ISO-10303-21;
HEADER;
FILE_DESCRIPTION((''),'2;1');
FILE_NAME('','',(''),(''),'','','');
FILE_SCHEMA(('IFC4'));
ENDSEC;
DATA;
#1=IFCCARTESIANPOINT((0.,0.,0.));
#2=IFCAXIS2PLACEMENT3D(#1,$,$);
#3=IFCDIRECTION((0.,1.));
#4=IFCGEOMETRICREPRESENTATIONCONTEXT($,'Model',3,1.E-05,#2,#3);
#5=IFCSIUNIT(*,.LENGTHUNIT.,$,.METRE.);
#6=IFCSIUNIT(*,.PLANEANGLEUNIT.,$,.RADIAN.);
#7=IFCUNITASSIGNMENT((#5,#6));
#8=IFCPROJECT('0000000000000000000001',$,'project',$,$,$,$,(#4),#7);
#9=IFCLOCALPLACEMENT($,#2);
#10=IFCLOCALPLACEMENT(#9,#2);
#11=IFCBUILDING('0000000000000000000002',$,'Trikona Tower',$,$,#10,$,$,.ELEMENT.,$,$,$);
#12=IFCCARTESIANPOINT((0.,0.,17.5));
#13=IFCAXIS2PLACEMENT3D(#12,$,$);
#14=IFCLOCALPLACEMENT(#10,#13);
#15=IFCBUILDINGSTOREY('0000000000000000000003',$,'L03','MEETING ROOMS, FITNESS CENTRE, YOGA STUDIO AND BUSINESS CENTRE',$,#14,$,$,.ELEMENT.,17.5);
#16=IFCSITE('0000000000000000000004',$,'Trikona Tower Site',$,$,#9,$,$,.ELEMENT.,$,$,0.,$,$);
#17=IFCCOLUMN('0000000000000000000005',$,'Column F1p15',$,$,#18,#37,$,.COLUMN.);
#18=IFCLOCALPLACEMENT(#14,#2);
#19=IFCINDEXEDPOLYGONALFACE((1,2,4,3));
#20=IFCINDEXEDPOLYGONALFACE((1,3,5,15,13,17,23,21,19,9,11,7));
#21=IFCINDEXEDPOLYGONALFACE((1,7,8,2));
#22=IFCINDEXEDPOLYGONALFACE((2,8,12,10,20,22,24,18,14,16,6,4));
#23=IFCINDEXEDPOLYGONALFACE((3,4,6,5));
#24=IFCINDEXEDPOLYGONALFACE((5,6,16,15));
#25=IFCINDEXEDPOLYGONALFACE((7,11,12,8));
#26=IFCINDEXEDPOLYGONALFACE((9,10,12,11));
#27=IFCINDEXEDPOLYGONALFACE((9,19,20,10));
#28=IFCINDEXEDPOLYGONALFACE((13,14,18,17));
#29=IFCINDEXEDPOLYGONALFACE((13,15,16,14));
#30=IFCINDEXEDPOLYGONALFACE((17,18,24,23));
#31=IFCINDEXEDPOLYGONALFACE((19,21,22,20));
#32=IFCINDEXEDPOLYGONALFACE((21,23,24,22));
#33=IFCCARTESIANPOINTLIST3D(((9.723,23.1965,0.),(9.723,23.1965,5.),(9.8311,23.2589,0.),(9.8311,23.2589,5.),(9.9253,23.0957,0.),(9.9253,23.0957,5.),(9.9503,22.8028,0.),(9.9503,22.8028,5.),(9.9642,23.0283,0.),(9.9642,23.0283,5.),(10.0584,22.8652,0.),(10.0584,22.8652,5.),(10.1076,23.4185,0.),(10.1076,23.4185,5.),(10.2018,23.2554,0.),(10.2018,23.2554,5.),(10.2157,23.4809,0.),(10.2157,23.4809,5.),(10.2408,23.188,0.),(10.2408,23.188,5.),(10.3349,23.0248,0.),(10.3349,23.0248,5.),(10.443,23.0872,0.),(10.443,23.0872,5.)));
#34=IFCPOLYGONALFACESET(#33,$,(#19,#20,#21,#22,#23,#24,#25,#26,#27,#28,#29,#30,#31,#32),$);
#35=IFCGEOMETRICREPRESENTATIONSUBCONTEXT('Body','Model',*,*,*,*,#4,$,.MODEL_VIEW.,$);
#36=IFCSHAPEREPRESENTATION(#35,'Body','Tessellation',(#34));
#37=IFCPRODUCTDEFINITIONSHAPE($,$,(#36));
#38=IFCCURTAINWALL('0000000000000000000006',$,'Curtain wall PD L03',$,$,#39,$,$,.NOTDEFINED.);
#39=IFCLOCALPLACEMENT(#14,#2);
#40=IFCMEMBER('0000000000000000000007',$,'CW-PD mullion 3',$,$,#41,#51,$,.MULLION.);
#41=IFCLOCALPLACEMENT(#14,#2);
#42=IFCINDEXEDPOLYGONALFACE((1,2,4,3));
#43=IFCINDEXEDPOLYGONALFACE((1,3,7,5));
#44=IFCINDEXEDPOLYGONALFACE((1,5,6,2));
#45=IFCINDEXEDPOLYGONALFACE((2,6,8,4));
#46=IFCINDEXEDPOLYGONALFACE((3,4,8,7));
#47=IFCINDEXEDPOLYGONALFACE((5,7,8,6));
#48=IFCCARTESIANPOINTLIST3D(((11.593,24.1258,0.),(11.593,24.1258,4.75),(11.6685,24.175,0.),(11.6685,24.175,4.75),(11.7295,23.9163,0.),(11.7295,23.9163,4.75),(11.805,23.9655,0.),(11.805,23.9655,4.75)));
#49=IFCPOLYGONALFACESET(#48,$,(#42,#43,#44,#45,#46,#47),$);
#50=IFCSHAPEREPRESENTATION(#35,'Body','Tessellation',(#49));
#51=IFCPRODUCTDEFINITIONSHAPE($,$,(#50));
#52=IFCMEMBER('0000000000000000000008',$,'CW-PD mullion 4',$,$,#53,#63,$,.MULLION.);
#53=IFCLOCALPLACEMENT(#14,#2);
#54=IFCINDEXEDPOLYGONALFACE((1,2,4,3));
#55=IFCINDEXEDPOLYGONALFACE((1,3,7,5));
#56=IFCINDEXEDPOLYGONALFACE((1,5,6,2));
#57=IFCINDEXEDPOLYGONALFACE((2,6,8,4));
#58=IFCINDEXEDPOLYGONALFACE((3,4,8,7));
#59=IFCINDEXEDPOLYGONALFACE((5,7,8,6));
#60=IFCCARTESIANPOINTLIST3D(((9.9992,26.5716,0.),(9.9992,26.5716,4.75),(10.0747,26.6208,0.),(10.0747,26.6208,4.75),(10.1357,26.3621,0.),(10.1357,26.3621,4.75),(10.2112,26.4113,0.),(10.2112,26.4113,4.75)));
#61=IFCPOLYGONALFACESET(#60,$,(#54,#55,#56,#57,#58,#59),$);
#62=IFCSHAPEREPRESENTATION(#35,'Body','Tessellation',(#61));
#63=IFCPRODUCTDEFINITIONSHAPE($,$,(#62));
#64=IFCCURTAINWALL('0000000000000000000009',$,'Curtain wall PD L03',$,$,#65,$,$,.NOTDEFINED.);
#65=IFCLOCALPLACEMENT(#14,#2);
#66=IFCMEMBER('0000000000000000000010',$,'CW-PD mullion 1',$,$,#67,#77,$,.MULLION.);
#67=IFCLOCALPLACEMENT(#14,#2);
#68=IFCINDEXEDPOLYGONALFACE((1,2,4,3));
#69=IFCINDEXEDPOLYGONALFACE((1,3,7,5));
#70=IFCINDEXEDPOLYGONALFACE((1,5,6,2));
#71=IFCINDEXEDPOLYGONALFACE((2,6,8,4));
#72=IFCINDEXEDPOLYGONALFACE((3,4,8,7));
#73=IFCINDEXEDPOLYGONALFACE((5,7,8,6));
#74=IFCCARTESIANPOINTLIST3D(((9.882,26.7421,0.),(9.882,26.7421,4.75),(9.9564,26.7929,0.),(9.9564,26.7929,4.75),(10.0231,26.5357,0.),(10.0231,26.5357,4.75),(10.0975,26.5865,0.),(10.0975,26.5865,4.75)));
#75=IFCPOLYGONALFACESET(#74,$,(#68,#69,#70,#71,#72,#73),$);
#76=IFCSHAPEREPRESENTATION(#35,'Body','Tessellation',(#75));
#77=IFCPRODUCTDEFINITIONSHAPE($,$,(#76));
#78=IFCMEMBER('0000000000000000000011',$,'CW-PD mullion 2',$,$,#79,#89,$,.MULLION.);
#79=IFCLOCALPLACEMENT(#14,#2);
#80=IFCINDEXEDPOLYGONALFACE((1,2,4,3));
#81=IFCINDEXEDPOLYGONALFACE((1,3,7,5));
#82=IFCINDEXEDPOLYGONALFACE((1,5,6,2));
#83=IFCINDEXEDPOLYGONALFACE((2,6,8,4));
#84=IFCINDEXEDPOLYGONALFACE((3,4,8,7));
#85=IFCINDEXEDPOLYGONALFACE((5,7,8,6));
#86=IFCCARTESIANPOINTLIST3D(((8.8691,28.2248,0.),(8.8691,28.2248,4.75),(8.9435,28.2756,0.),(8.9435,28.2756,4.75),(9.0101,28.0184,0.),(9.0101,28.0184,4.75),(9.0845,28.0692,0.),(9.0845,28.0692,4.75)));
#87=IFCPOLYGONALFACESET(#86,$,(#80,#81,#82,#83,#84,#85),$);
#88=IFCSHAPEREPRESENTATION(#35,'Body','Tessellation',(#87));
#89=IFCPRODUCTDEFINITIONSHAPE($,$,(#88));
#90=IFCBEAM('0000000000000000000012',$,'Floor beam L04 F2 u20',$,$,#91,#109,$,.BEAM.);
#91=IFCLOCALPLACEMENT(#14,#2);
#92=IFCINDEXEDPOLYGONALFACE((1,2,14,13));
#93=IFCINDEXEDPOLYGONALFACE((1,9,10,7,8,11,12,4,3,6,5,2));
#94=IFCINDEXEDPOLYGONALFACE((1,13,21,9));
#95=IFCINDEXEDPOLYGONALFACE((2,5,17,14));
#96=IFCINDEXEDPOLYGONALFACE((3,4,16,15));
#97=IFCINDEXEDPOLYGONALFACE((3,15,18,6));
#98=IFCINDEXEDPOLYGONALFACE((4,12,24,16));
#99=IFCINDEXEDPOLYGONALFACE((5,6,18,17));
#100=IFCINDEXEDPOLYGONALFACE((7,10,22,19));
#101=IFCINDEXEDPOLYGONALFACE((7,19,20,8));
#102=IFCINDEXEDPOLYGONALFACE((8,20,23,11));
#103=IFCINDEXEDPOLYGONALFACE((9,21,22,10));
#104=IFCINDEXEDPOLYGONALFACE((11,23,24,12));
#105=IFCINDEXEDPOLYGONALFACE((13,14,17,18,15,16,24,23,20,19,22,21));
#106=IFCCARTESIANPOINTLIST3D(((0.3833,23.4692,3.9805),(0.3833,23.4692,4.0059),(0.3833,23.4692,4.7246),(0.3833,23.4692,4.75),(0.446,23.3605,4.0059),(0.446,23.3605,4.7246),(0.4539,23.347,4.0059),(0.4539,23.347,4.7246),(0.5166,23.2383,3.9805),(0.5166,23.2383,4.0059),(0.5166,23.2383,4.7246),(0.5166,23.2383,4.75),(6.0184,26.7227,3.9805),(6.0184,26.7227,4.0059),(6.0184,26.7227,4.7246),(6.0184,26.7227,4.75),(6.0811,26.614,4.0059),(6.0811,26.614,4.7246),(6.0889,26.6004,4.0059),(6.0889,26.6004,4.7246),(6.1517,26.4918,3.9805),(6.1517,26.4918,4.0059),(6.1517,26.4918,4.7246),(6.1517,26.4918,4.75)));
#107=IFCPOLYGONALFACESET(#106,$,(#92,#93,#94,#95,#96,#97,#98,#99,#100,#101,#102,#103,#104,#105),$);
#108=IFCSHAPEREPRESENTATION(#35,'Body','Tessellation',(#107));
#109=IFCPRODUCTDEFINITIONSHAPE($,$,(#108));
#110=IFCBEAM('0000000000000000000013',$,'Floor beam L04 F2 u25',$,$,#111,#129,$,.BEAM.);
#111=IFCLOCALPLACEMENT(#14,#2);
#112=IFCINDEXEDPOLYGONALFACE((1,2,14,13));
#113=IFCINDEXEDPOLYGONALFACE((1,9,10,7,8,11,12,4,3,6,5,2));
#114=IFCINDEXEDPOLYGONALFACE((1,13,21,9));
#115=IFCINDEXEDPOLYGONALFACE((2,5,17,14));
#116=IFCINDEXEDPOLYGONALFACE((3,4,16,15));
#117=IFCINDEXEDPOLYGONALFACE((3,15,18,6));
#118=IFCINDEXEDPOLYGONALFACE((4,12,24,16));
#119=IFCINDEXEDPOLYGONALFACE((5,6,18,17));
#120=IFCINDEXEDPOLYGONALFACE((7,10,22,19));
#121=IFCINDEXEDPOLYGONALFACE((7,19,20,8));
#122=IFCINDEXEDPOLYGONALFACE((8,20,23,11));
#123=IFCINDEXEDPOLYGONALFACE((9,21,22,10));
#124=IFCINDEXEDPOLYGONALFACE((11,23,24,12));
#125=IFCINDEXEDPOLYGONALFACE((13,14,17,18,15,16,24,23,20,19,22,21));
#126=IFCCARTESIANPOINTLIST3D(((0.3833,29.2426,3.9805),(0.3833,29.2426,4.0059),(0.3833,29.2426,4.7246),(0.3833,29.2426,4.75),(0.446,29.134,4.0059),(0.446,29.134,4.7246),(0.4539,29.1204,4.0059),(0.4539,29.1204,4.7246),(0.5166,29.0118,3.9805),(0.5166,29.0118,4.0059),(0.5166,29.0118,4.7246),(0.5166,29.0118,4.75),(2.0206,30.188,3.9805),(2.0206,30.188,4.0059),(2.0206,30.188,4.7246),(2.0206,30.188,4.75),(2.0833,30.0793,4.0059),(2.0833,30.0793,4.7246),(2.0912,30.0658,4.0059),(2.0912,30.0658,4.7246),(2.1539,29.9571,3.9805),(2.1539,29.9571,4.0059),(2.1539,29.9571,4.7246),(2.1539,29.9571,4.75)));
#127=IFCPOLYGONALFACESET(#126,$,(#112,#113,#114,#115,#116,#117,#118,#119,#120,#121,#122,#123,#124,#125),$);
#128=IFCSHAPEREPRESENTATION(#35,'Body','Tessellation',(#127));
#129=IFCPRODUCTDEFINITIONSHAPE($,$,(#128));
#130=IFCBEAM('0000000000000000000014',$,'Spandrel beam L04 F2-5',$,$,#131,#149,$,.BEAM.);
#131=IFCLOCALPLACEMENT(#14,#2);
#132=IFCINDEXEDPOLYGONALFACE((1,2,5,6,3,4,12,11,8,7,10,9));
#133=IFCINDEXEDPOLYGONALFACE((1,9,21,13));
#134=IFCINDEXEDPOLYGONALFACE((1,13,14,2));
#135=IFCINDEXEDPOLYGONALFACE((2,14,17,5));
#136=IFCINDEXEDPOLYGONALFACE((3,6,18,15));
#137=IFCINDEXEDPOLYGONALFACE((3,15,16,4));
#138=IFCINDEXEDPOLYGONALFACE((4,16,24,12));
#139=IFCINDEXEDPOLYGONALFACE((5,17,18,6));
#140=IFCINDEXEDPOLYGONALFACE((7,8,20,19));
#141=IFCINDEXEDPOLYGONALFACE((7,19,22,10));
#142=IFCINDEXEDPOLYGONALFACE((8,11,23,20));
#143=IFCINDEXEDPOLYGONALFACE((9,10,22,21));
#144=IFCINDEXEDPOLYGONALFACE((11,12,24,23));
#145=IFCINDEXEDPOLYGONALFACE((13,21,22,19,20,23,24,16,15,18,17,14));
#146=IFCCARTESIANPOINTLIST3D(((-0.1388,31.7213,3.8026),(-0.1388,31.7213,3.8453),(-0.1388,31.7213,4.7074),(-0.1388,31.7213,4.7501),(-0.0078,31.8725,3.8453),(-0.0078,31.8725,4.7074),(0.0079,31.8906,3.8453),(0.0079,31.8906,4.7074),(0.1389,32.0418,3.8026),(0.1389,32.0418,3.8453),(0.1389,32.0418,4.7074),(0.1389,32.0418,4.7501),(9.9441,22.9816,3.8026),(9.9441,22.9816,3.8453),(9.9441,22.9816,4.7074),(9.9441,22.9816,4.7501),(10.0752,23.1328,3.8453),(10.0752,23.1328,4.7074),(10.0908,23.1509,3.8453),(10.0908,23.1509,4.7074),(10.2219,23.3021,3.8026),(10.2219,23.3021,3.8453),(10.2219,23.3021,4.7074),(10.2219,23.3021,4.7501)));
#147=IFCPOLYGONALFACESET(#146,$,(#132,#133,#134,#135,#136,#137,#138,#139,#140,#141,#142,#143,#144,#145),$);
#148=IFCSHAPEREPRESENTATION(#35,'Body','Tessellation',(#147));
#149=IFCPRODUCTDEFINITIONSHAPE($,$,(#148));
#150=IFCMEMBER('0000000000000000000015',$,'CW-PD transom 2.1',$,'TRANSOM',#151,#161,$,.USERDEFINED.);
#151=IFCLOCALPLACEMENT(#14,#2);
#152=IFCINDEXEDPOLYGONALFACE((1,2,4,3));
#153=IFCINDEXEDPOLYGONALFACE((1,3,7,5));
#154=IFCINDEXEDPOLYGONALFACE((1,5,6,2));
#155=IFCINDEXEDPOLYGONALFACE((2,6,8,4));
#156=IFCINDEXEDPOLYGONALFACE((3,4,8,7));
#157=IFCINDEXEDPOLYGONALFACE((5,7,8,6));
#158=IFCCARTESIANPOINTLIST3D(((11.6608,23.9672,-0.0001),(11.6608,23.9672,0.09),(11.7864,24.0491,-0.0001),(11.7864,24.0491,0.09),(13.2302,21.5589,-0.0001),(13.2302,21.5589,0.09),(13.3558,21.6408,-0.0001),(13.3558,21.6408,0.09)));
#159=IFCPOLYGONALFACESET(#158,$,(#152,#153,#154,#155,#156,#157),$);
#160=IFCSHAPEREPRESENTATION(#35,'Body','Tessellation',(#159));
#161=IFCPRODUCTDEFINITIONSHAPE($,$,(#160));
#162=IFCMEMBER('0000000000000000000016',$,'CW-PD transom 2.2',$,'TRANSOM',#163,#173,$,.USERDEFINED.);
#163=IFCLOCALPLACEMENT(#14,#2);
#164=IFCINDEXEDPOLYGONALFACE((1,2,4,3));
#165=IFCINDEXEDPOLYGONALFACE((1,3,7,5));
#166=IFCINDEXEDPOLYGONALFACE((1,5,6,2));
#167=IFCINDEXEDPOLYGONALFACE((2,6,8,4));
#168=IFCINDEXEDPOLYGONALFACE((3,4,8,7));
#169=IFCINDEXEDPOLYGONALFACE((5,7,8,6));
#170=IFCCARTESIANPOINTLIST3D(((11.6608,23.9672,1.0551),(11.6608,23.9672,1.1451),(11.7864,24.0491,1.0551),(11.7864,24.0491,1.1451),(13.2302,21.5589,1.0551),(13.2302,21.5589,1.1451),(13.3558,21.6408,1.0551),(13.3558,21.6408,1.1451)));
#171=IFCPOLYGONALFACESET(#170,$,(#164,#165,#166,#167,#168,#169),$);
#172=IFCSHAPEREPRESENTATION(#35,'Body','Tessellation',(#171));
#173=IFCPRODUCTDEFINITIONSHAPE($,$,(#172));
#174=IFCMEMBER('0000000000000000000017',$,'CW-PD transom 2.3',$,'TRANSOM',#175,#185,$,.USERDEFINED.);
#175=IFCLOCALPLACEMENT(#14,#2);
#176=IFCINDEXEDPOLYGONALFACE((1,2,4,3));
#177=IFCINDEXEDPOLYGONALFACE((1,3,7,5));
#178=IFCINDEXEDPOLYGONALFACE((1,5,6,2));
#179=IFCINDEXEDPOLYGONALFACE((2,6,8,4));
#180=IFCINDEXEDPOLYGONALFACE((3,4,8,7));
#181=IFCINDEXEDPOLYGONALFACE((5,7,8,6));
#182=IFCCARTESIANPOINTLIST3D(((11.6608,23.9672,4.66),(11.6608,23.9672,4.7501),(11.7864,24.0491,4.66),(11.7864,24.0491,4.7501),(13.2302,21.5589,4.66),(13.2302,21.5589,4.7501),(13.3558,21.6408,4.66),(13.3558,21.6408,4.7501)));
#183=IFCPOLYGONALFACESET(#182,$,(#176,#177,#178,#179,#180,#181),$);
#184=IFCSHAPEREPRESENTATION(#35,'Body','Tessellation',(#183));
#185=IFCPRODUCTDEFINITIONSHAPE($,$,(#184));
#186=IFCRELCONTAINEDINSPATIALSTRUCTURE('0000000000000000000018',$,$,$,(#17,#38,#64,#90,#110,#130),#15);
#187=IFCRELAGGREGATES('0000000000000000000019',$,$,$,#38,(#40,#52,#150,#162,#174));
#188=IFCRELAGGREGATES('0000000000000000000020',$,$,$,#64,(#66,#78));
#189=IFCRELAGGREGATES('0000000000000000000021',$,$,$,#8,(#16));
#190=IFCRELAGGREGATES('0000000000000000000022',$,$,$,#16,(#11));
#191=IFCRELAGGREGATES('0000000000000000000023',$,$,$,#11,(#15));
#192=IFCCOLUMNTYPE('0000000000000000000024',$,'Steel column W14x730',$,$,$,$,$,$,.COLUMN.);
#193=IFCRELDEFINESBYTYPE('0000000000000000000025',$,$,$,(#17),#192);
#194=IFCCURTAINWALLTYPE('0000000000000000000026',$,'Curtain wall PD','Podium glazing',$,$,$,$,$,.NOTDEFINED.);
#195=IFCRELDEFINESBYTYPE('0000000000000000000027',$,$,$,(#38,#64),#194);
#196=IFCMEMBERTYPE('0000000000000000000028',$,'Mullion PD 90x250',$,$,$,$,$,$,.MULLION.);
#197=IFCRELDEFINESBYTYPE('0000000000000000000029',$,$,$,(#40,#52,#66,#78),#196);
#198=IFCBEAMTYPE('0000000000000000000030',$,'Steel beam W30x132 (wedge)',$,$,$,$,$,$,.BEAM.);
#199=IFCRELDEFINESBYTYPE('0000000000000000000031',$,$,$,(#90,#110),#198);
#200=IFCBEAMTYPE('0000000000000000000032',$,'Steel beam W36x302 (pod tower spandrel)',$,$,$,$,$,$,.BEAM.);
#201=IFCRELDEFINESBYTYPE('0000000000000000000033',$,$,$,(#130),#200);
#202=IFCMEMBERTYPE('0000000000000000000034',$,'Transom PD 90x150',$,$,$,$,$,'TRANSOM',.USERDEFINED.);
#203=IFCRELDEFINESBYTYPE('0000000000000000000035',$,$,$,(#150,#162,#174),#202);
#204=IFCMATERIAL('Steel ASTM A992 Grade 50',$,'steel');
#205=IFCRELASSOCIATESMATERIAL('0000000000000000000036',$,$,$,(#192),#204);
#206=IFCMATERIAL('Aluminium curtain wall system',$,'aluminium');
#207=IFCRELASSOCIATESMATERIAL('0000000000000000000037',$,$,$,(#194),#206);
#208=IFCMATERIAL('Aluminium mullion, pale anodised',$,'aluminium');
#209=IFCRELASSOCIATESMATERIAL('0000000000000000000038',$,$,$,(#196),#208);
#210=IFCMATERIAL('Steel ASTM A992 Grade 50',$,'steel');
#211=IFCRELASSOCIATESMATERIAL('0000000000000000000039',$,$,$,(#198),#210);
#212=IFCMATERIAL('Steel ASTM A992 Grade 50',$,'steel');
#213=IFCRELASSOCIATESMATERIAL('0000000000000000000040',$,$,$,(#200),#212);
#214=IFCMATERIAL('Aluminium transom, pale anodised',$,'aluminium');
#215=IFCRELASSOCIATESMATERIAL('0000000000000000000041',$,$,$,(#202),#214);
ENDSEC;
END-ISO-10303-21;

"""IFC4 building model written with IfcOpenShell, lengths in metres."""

from ifc_helpers import new_model, si_unit, direction, frame, origin, origin_2d, place, context, subcontext, project, spatial, rectangle, i_section, extrude, material, material_profile, profile_set, type_object, element, aggregate, save


model = new_model("IFC4")

# Units and contexts
model_context = context("Model", 3, precision=1e-05, world=origin(), true_north=direction((0.0, 1.0)))
body_context = subcontext(model_context, "Body", "Model", "MODEL_VIEW")
ifc_project = project(units=[si_unit("LENGTHUNIT", "METRE"), si_unit("PLANEANGLEUNIT", "RADIAN")], contexts=[model_context])

# Site, building, storey
site_placement = place(None, origin())
site = spatial("IfcSite", under=ifc_project, at=site_placement, Name="Trikona Tower Site", CompositionType="ELEMENT", RefElevation=0.0)
building_placement = place(site_placement, origin())
building = spatial("IfcBuilding", under=site, at=building_placement, Name="Trikona Tower", CompositionType="ELEMENT")
storey_placement = place(building_placement, frame((0.0, 0.0, 17.5)))
storey = spatial("IfcBuildingStorey", under=building, at=storey_placement, Name="L03", Description="MEETING ROOMS, FITNESS CENTRE, YOGA STUDIO AND BUSINESS CENTRE", CompositionType="ELEMENT", Elevation=17.5)

# Column
ifc_material_1 = material(Name="Steel ASTM A992 Grade 50", Category="steel")
ifc_material_profile_1 = material_profile(ifc_material_1, i_section(OverallWidth=0.4546, OverallDepth=0.5688, WebThickness=0.0779, FlangeThickness=0.1248, at=origin_2d()), Name="W14X730")
ifc_profile_set_1 = profile_set([ifc_material_profile_1], Name="Steel ASTM A992 Grade 50")
column_type = type_object("IfcColumnType", Name="Steel column W14x730", PredefinedType="COLUMN", material=ifc_profile_set_1)
column_placement = place(storey_placement, frame((10.083, 23.1418, 0.0), z_axis=(0.0, 0.0, 1.0), x_axis=(-0.5, 0.866025, 0.0)))
element("IfcColumn", 1, at=column_placement, inside=storey, type_object=column_type, Name="Column F1p15", PredefinedType="COLUMN", context=body_context, shape_type="SweptSolid", body=[
    extrude(i_section(OverallWidth=0.4546, OverallDepth=0.5688, WebThickness=0.0779, FlangeThickness=0.1248, at=origin_2d()), origin(), (0.0, 0.0, 1.0), 5.0),
])

# Curtain walls, members
ifc_material_2 = material(Name="Aluminium curtain wall system", Category="aluminium")
curtain_wall_type = type_object("IfcCurtainWallType", Name="Curtain wall PD", Description="Podium glazing", PredefinedType="NOTDEFINED", material=ifc_material_2)
curtain_wall_1_placement = place(storey_placement, origin())
curtain_wall_1 = element("IfcCurtainWall", 2, at=curtain_wall_1_placement, inside=storey, type_object=curtain_wall_type, Name="Curtain wall PD L03", PredefinedType="NOTDEFINED")
ifc_material_3 = material(Name="Aluminium mullion, pale anodised", Category="aluminium")
ifc_material_profile_2 = material_profile(ifc_material_3, rectangle(XDim=0.0901, YDim=0.25, at=origin_2d()), Name="MUL-PD")
ifc_profile_set_2 = profile_set([ifc_material_profile_2], Name="Aluminium mullion, pale anodised")
member_type_1 = type_object("IfcMemberType", Name="Mullion PD 90x250", PredefinedType="MULLION", material=ifc_profile_set_2)
member_1_placement = place(storey_placement, frame((11.699, 24.0457, 0.0), z_axis=(0.0, 0.0, 1.0), x_axis=(-0.8378, -0.545977, 0.0)))
member_1 = element("IfcMember", 3, at=member_1_placement, type_object=member_type_1, Name="CW-PD mullion 3", PredefinedType="MULLION", context=body_context, shape_type="SweptSolid", body=[
    extrude(rectangle(XDim=0.0901, YDim=0.25, at=origin_2d()), origin(), (0.0, 0.0, 1.0), 4.75),
])
member_2_placement = place(storey_placement, frame((10.1052, 26.4915, 0.0), z_axis=(0.0, 0.0, 1.0), x_axis=(-0.8378, -0.545977, 0.0)))
member_2 = element("IfcMember", 4, at=member_2_placement, type_object=member_type_1, Name="CW-PD mullion 4", PredefinedType="MULLION", context=body_context, shape_type="SweptSolid", body=[
    extrude(rectangle(XDim=0.0901, YDim=0.25, at=origin_2d()), origin(), (0.0, 0.0, 1.0), 4.75),
])
curtain_wall_2_placement = place(storey_placement, origin())
curtain_wall_2 = element("IfcCurtainWall", 5, at=curtain_wall_2_placement, inside=storey, type_object=curtain_wall_type, Name="Curtain wall PD L03", PredefinedType="NOTDEFINED")
member_3_placement = place(storey_placement, frame((9.9897, 26.6643, 0.0), z_axis=(0.0, 0.0, 1.0), x_axis=(-0.825657, -0.564172, 0.0)))
member_3 = element("IfcMember", 6, at=member_3_placement, type_object=member_type_1, Name="CW-PD mullion 1", PredefinedType="MULLION", context=body_context, shape_type="SweptSolid", body=[
    extrude(rectangle(XDim=0.0901, YDim=0.25, at=origin_2d()), origin(), (0.0, 0.0, 1.0), 4.75),
])
member_4_placement = place(storey_placement, frame((8.9768, 28.147, 0.0), z_axis=(0.0, 0.0, 1.0), x_axis=(-0.825657, -0.564172, 0.0)))
member_4 = element("IfcMember", 7, at=member_4_placement, type_object=member_type_1, Name="CW-PD mullion 2", PredefinedType="MULLION", context=body_context, shape_type="SweptSolid", body=[
    extrude(rectangle(XDim=0.0901, YDim=0.25, at=origin_2d()), origin(), (0.0, 0.0, 1.0), 4.75),
])

# Beams
ifc_material_4 = material(Name="Steel ASTM A992 Grade 50", Category="steel")
ifc_material_profile_3 = material_profile(ifc_material_4, i_section(OverallWidth=0.2666, OverallDepth=0.7695, WebThickness=0.0156, FlangeThickness=0.0254, at=origin_2d()), Name="W30X132")
ifc_profile_set_3 = profile_set([ifc_material_profile_3], Name="Steel ASTM A992 Grade 50")
beam_type_1 = type_object("IfcBeamType", Name="Steel beam W30x132 (wedge)", PredefinedType="BEAM", material=ifc_profile_set_3)
beam_1_placement = place(storey_placement, frame((0.45, 23.3538, 4.3652), z_axis=(0.866023, 0.500005, 0.0), x_axis=(-0.500005, 0.866023, 0.0)))
element("IfcBeam", 8, at=beam_1_placement, inside=storey, type_object=beam_type_1, Name="Floor beam L04 F2 u20", PredefinedType="BEAM", context=body_context, shape_type="SweptSolid", body=[
    extrude(i_section(OverallWidth=0.2666, OverallDepth=0.7695, WebThickness=0.0156, FlangeThickness=0.0254, at=origin_2d()), origin(), (0.0, 0.0, 1.0), 6.5068),
])
beam_2_placement = place(storey_placement, frame((0.45, 29.1272, 4.3652), z_axis=(0.866009, 0.500028, 0.0), x_axis=(-0.500028, 0.866009, 0.0)))
element("IfcBeam", 9, at=beam_2_placement, inside=storey, type_object=beam_type_1, Name="Floor beam L04 F2 u25", PredefinedType="BEAM", context=body_context, shape_type="SweptSolid", body=[
    extrude(i_section(OverallWidth=0.2666, OverallDepth=0.7695, WebThickness=0.0156, FlangeThickness=0.0254, at=origin_2d()), origin(), (0.0, 0.0, 1.0), 1.8906),
])
ifc_material_5 = material(Name="Steel ASTM A992 Grade 50", Category="steel")
ifc_material_profile_4 = material_profile(ifc_material_5, i_section(OverallWidth=0.4241, OverallDepth=0.9475, WebThickness=0.0239, FlangeThickness=0.0427, at=origin_2d()), Name="W36X302")
ifc_profile_set_4 = profile_set([ifc_material_profile_4], Name="Steel ASTM A992 Grade 50")
beam_type_2 = type_object("IfcBeamType", Name="Steel beam W36x302 (pod tower spandrel)", PredefinedType="BEAM", material=ifc_profile_set_4)
beam_3_placement = place(storey_placement, frame((10.083, 23.1418, 4.2764), z_axis=(-0.755647, 0.654979, 0.0), x_axis=(-0.654979, -0.755647, 0.0)))
element("IfcBeam", 10, at=beam_3_placement, inside=storey, type_object=beam_type_2, Name="Spandrel beam L04 F2-5", PredefinedType="BEAM", context=body_context, shape_type="SweptSolid", body=[
    extrude(i_section(OverallWidth=0.4241, OverallDepth=0.9475, WebThickness=0.0239, FlangeThickness=0.0427, at=origin_2d()), origin(), (0.0, 0.0, 1.0), 13.3435),
])

# Members
ifc_material_6 = material(Name="Aluminium transom, pale anodised", Category="aluminium")
ifc_material_profile_5 = material_profile(ifc_material_6, rectangle(XDim=0.1499, YDim=0.0901, at=origin_2d()), Name="TRN-PD")
ifc_profile_set_5 = profile_set([ifc_material_profile_5], Name="Aluminium transom, pale anodised")
member_type_2 = type_object("IfcMemberType", Name="Transom PD 90x150", ElementType="TRANSOM", PredefinedType="USERDEFINED", material=ifc_profile_set_5)
member_5_placement = place(storey_placement, frame((13.293, 21.5999, 0.0449), z_axis=(-0.545967, 0.837807, 0.0), x_axis=(-0.837807, -0.545967, 0.0)))
member_5 = element("IfcMember", 11, at=member_5_placement, type_object=member_type_2, Name="CW-PD transom 2.1", ObjectType="TRANSOM", PredefinedType="USERDEFINED", context=body_context, shape_type="SweptSolid", body=[
    extrude(rectangle(XDim=0.1499, YDim=0.0901, at=origin_2d()), origin(), (0.0, 0.0, 1.0), 2.8745),
])
member_6_placement = place(storey_placement, frame((13.293, 21.5999, 1.1001), z_axis=(-0.545967, 0.837807, 0.0), x_axis=(-0.837807, -0.545967, 0.0)))
member_6 = element("IfcMember", 12, at=member_6_placement, type_object=member_type_2, Name="CW-PD transom 2.2", ObjectType="TRANSOM", PredefinedType="USERDEFINED", context=body_context, shape_type="SweptSolid", body=[
    extrude(rectangle(XDim=0.1499, YDim=0.0901, at=origin_2d()), origin(), (0.0, 0.0, 1.0), 2.8745),
])
member_7_placement = place(storey_placement, frame((13.293, 21.5999, 4.7051), z_axis=(-0.545967, 0.837807, 0.0), x_axis=(-0.837807, -0.545967, 0.0)))
member_7 = element("IfcMember", 13, at=member_7_placement, type_object=member_type_2, Name="CW-PD transom 2.3", ObjectType="TRANSOM", PredefinedType="USERDEFINED", context=body_context, shape_type="SweptSolid", body=[
    extrude(rectangle(XDim=0.1499, YDim=0.0901, at=origin_2d()), origin(), (0.0, 0.0, 1.0), 2.8745),
])

aggregate(curtain_wall_1, [member_1, member_2, member_5, member_6, member_7])
aggregate(curtain_wall_2, [member_3, member_4])

save(model, "model.ifc")
